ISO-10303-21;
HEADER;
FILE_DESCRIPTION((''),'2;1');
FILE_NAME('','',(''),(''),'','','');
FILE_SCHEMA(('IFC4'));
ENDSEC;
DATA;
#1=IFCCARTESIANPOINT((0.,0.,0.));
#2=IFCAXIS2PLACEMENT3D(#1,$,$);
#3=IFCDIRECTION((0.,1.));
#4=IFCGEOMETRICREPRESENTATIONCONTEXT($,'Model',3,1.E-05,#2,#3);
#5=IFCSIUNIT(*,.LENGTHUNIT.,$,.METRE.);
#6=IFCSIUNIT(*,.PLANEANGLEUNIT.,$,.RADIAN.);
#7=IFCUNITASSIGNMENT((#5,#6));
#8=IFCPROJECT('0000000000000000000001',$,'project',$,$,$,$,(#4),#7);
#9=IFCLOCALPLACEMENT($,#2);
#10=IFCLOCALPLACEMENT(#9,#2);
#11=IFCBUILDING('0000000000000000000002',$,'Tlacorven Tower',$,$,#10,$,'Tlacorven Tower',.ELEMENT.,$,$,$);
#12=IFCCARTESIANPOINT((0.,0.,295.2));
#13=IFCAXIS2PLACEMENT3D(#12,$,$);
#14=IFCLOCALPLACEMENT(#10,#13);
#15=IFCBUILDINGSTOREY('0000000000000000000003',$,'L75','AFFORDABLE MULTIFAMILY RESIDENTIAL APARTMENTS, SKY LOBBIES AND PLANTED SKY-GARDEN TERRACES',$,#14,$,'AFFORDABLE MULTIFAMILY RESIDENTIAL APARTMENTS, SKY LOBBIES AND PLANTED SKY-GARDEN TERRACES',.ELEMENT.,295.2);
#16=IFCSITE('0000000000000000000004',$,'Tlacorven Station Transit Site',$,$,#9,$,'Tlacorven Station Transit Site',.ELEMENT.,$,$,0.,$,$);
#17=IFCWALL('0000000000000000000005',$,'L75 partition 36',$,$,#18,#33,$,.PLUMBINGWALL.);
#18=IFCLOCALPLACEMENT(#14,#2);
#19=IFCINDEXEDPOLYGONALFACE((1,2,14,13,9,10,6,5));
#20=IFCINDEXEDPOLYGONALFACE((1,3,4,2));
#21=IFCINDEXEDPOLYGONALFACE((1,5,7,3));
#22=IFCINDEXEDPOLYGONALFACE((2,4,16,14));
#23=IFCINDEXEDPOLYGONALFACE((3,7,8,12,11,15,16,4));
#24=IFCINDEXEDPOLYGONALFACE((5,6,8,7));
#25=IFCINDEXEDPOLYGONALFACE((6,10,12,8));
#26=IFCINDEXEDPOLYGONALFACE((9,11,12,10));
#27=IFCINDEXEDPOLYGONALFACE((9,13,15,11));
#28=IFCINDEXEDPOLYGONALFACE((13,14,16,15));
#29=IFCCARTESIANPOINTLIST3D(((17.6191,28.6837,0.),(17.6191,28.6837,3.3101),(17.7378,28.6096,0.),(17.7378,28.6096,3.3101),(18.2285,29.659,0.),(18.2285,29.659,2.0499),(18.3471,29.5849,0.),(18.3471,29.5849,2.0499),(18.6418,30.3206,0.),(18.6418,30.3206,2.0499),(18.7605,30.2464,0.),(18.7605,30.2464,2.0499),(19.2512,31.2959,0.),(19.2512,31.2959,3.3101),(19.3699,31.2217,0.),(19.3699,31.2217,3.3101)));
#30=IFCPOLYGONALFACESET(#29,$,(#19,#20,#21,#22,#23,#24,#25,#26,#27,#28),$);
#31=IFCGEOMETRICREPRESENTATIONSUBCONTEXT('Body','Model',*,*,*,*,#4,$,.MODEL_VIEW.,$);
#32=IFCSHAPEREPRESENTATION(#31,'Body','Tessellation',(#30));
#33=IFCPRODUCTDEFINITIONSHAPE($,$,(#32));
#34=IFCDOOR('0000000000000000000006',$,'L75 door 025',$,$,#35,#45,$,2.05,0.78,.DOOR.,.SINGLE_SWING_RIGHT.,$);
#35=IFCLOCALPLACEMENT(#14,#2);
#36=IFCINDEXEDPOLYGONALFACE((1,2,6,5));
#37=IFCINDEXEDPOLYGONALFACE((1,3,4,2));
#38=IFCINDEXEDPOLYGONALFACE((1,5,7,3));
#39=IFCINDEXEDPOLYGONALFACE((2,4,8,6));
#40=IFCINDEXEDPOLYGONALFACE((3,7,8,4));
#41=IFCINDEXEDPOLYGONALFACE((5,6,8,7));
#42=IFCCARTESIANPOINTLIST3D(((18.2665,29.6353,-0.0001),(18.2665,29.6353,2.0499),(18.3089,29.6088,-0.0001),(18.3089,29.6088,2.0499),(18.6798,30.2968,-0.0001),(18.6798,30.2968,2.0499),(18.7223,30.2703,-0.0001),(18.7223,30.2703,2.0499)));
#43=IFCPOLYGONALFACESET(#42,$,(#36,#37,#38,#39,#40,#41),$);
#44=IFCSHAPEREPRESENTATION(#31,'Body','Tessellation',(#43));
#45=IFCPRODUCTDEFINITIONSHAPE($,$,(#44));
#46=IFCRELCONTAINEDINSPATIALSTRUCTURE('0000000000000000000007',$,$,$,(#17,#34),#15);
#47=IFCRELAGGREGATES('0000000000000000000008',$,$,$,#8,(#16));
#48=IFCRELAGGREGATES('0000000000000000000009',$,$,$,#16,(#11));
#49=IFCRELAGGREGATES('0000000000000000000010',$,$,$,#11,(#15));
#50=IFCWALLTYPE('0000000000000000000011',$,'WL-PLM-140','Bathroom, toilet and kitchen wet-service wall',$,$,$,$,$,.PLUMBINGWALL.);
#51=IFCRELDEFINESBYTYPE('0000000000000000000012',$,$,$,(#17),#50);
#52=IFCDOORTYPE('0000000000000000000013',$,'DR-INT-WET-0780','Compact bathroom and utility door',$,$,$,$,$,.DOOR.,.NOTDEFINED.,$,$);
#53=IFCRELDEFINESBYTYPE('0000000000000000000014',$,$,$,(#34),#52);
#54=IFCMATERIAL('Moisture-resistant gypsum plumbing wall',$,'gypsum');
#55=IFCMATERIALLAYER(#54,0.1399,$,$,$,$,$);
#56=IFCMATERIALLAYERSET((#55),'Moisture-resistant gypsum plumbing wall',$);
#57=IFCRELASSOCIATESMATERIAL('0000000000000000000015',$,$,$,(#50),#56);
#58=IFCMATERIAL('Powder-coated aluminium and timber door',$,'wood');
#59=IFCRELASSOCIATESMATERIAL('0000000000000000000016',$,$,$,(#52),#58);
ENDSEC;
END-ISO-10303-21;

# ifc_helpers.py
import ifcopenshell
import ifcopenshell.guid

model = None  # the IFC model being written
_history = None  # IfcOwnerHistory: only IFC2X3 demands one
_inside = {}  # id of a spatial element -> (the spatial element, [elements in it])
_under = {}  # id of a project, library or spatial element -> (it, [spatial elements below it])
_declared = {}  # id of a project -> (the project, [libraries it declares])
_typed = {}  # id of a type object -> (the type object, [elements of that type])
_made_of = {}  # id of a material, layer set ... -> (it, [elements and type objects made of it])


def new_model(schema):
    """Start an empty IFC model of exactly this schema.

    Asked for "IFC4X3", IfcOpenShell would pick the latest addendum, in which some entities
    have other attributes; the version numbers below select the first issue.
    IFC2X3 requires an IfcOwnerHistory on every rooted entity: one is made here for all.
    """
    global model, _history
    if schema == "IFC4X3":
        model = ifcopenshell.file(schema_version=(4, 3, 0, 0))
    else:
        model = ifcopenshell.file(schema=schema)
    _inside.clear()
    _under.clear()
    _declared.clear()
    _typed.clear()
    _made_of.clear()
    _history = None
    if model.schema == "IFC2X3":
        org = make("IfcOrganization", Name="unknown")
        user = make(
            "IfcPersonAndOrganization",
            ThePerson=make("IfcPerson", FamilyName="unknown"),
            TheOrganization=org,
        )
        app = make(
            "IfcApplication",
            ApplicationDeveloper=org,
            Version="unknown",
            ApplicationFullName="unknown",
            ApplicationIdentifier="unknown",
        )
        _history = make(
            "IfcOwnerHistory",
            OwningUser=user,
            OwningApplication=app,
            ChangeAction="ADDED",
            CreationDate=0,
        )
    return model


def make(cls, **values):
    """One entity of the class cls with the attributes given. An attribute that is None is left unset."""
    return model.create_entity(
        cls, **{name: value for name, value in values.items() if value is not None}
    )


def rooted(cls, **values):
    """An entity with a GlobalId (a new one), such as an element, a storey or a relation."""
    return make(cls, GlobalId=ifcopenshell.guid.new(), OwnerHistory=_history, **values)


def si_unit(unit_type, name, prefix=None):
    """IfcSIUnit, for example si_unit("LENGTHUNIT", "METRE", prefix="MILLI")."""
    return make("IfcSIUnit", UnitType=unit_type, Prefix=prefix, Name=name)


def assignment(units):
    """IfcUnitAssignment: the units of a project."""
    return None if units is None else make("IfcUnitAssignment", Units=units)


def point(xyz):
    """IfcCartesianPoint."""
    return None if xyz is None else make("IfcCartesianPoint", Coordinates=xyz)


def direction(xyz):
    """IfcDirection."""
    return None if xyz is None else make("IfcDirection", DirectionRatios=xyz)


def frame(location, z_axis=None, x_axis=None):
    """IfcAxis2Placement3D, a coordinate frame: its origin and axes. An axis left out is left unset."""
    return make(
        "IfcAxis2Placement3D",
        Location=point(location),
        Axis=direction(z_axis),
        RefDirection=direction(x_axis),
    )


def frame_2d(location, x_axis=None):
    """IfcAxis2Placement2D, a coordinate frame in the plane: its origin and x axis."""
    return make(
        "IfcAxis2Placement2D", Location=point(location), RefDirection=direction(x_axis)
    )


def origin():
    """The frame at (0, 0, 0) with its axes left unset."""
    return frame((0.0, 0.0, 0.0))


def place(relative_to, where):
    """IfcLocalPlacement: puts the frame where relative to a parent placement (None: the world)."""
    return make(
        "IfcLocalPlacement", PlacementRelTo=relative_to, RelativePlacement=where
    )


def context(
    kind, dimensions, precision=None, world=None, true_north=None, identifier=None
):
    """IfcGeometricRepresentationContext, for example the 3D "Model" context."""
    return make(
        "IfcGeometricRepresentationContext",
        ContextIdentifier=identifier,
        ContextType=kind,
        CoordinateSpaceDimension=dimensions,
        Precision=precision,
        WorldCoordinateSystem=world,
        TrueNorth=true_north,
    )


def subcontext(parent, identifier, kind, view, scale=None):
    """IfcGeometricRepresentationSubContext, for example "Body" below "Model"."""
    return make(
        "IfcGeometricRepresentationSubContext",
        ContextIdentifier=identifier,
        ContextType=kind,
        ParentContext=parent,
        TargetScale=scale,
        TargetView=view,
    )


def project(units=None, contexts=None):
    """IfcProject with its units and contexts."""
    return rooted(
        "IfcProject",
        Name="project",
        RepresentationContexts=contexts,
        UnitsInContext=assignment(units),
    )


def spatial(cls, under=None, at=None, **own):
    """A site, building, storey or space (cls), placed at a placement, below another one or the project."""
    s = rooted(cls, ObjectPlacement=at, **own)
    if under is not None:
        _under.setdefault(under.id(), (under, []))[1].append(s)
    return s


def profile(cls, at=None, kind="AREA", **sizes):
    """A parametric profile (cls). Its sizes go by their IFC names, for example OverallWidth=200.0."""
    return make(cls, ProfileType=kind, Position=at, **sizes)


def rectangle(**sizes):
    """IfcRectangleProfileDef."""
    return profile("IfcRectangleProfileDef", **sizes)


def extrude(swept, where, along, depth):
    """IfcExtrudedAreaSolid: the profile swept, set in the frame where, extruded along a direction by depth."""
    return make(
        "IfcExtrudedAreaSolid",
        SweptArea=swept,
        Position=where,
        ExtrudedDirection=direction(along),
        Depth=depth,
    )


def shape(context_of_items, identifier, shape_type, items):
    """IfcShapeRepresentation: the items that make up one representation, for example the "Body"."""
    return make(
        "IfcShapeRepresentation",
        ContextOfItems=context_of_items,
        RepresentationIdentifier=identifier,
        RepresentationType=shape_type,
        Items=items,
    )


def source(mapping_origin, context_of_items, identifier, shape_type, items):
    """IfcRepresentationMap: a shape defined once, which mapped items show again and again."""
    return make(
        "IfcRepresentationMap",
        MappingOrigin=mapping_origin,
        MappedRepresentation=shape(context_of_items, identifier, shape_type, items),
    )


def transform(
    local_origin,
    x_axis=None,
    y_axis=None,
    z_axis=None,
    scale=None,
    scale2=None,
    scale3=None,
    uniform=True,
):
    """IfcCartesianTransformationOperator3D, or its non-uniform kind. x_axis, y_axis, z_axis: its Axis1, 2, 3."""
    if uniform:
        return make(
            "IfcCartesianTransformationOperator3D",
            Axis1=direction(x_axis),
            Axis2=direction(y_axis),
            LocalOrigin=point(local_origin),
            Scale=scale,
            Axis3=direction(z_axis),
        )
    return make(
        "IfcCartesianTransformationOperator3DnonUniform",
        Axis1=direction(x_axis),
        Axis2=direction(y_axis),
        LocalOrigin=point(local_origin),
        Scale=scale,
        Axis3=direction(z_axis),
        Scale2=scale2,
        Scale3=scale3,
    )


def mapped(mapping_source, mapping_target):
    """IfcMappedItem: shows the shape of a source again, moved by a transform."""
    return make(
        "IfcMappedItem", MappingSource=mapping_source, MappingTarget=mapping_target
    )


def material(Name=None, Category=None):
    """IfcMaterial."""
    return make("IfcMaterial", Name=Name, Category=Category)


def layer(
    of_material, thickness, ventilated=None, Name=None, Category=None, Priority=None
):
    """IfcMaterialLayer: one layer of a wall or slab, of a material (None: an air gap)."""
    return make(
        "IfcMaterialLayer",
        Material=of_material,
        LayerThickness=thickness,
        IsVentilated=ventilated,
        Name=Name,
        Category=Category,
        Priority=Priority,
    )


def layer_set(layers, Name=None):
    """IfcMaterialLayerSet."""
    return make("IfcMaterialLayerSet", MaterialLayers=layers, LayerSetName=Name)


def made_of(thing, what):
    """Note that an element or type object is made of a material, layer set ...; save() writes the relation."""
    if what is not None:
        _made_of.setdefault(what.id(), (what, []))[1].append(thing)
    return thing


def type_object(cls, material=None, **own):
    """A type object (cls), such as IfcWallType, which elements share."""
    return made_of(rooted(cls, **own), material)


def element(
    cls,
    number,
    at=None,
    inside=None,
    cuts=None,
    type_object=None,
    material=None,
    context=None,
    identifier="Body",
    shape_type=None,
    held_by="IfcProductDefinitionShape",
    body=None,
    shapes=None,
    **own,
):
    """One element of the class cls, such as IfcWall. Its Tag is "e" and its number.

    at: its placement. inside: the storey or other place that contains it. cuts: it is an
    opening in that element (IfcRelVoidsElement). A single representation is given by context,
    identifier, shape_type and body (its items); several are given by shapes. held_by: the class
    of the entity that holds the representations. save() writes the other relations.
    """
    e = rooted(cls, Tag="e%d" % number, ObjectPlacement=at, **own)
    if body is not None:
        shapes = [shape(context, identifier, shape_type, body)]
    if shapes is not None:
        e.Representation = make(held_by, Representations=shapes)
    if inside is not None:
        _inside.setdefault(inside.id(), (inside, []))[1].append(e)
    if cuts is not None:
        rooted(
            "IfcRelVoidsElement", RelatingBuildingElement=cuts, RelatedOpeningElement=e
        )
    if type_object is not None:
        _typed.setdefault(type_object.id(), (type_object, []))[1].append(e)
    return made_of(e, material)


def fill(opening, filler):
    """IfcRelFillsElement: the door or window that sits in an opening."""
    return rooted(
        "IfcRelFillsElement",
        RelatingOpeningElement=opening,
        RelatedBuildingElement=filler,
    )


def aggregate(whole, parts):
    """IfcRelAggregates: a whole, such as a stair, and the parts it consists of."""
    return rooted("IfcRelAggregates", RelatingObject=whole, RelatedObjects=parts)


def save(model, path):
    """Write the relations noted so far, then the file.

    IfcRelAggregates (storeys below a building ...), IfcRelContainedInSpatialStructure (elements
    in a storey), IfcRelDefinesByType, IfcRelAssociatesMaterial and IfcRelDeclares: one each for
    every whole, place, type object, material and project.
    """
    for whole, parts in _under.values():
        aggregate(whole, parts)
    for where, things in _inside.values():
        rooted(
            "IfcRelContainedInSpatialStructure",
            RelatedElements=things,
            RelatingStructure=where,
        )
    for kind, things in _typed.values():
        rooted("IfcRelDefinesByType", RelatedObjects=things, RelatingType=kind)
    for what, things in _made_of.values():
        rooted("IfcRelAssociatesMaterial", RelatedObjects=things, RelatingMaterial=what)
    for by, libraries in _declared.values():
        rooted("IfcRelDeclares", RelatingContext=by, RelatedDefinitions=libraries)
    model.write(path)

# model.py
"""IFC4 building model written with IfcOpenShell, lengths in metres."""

from ifc_helpers import new_model, si_unit, direction, frame, frame_2d, origin, place, context, subcontext, project, spatial, rectangle, extrude, source, transform, mapped, material, layer, layer_set, type_object, element, fill, save


model = new_model("IFC4")

# Units and contexts
model_context = context("Model", 3, precision=1e-05, world=origin(), true_north=direction((0.0, 1.0)))
body_context = subcontext(model_context, "Body", "Model", "MODEL_VIEW")
ifc_project = project(units=[si_unit("LENGTHUNIT", "METRE"), si_unit("PLANEANGLEUNIT", "RADIAN")], contexts=[model_context])

# Site, building, storey
site_placement = place(None, origin())
site = spatial("IfcSite", under=ifc_project, at=site_placement, Name="Tlacorven Station Transit Site", LongName="Tlacorven Station Transit Site", CompositionType="ELEMENT", RefElevation=0.0)
building_placement = place(site_placement, origin())
building = spatial("IfcBuilding", under=site, at=building_placement, Name="Tlacorven Tower", LongName="Tlacorven Tower", CompositionType="ELEMENT")
storey_placement = place(building_placement, frame((0.0, 0.0, 295.2)))
storey = spatial("IfcBuildingStorey", under=building, at=storey_placement, Name="L75", Description="AFFORDABLE MULTIFAMILY RESIDENTIAL APARTMENTS, SKY LOBBIES AND PLANTED SKY-GARDEN TERRACES", LongName="AFFORDABLE MULTIFAMILY RESIDENTIAL APARTMENTS, SKY LOBBIES AND PLANTED SKY-GARDEN TERRACES", CompositionType="ELEMENT", Elevation=295.2)

# Shared definitions
ifc_material_1 = material(Name="Powder-coated aluminium and timber door", Category="wood")

# Wall, opening, door
ifc_material_2 = material(Name="Moisture-resistant gypsum plumbing wall", Category="gypsum")
ifc_layer_1 = layer(ifc_material_2, 0.1399)
ifc_layer_set_1 = layer_set([ifc_layer_1], Name="Moisture-resistant gypsum plumbing wall")
wall_type_1 = type_object("IfcWallType", Name="WL-PLM-140", Description="Bathroom, toilet and kitchen wet-service wall", PredefinedType="PLUMBINGWALL", material=ifc_layer_set_1)
wall_1_placement = place(storey_placement, frame((19.3105, 31.2588, 0.0), z_axis=(0.0, 0.0, 1.0), x_axis=(-0.529892, -0.848065, 0.0)))
wall_1 = element("IfcWall", 1, at=wall_1_placement, inside=storey, type_object=wall_type_1, Name="L75 partition 36", PredefinedType="PLUMBINGWALL", context=body_context, shape_type="SweptSolid", body=[
    extrude(rectangle(XDim=3.0801, YDim=0.1399, at=frame_2d((1.54, 0.0))), origin(), (0.0, 0.0, 1.0), 3.3101),
])
opening_1_placement = place(wall_1_placement, frame((1.1499, 0.0, 0.0)))
opening_1 = element("IfcOpeningElement", 2, at=opening_1_placement, cuts=wall_1, PredefinedType="OPENING", context=body_context, shape_type="SweptSolid", body=[
    extrude(rectangle(XDim=0.78, YDim=2.05, at=frame_2d((0.3901, 1.0249))), frame((0.0, 0.0801, 0.0), z_axis=(0.0, -1.0, 0.0), x_axis=(1.0, 0.0, 0.0)), (0.0, 0.0, 1.0), 0.1599),
])
door_type_1 = type_object("IfcDoorType", Name="DR-INT-WET-0780", Description="Compact bathroom and utility door", OperationType="NOTDEFINED", PredefinedType="DOOR", material=ifc_material_1)
shared_shape_1 = source(origin(), body_context, "Body", "SweptSolid", [
    extrude(rectangle(XDim=0.78, YDim=2.05, at=frame_2d((0.3901, 1.0249))), frame((0.0, 0.0249, 0.0), z_axis=(0.0, -1.0, 0.0), x_axis=(1.0, 0.0, 0.0)), (0.0, 0.0, 1.0), 0.05),
])
door_1_placement = place(opening_1_placement, origin())
door_1 = element("IfcDoor", 3, at=door_1_placement, inside=storey, type_object=door_type_1, Name="L75 door 025", OperationType="SINGLE_SWING_RIGHT", OverallHeight=2.05, OverallWidth=0.78, PredefinedType="DOOR", context=body_context, shape_type="MappedRepresentation", body=[
    mapped(shared_shape_1, transform((0.0, 0.0, 0.0), scale=1.0)),
])
fill(opening_1, door_1)

save(model, "model.ifc")
